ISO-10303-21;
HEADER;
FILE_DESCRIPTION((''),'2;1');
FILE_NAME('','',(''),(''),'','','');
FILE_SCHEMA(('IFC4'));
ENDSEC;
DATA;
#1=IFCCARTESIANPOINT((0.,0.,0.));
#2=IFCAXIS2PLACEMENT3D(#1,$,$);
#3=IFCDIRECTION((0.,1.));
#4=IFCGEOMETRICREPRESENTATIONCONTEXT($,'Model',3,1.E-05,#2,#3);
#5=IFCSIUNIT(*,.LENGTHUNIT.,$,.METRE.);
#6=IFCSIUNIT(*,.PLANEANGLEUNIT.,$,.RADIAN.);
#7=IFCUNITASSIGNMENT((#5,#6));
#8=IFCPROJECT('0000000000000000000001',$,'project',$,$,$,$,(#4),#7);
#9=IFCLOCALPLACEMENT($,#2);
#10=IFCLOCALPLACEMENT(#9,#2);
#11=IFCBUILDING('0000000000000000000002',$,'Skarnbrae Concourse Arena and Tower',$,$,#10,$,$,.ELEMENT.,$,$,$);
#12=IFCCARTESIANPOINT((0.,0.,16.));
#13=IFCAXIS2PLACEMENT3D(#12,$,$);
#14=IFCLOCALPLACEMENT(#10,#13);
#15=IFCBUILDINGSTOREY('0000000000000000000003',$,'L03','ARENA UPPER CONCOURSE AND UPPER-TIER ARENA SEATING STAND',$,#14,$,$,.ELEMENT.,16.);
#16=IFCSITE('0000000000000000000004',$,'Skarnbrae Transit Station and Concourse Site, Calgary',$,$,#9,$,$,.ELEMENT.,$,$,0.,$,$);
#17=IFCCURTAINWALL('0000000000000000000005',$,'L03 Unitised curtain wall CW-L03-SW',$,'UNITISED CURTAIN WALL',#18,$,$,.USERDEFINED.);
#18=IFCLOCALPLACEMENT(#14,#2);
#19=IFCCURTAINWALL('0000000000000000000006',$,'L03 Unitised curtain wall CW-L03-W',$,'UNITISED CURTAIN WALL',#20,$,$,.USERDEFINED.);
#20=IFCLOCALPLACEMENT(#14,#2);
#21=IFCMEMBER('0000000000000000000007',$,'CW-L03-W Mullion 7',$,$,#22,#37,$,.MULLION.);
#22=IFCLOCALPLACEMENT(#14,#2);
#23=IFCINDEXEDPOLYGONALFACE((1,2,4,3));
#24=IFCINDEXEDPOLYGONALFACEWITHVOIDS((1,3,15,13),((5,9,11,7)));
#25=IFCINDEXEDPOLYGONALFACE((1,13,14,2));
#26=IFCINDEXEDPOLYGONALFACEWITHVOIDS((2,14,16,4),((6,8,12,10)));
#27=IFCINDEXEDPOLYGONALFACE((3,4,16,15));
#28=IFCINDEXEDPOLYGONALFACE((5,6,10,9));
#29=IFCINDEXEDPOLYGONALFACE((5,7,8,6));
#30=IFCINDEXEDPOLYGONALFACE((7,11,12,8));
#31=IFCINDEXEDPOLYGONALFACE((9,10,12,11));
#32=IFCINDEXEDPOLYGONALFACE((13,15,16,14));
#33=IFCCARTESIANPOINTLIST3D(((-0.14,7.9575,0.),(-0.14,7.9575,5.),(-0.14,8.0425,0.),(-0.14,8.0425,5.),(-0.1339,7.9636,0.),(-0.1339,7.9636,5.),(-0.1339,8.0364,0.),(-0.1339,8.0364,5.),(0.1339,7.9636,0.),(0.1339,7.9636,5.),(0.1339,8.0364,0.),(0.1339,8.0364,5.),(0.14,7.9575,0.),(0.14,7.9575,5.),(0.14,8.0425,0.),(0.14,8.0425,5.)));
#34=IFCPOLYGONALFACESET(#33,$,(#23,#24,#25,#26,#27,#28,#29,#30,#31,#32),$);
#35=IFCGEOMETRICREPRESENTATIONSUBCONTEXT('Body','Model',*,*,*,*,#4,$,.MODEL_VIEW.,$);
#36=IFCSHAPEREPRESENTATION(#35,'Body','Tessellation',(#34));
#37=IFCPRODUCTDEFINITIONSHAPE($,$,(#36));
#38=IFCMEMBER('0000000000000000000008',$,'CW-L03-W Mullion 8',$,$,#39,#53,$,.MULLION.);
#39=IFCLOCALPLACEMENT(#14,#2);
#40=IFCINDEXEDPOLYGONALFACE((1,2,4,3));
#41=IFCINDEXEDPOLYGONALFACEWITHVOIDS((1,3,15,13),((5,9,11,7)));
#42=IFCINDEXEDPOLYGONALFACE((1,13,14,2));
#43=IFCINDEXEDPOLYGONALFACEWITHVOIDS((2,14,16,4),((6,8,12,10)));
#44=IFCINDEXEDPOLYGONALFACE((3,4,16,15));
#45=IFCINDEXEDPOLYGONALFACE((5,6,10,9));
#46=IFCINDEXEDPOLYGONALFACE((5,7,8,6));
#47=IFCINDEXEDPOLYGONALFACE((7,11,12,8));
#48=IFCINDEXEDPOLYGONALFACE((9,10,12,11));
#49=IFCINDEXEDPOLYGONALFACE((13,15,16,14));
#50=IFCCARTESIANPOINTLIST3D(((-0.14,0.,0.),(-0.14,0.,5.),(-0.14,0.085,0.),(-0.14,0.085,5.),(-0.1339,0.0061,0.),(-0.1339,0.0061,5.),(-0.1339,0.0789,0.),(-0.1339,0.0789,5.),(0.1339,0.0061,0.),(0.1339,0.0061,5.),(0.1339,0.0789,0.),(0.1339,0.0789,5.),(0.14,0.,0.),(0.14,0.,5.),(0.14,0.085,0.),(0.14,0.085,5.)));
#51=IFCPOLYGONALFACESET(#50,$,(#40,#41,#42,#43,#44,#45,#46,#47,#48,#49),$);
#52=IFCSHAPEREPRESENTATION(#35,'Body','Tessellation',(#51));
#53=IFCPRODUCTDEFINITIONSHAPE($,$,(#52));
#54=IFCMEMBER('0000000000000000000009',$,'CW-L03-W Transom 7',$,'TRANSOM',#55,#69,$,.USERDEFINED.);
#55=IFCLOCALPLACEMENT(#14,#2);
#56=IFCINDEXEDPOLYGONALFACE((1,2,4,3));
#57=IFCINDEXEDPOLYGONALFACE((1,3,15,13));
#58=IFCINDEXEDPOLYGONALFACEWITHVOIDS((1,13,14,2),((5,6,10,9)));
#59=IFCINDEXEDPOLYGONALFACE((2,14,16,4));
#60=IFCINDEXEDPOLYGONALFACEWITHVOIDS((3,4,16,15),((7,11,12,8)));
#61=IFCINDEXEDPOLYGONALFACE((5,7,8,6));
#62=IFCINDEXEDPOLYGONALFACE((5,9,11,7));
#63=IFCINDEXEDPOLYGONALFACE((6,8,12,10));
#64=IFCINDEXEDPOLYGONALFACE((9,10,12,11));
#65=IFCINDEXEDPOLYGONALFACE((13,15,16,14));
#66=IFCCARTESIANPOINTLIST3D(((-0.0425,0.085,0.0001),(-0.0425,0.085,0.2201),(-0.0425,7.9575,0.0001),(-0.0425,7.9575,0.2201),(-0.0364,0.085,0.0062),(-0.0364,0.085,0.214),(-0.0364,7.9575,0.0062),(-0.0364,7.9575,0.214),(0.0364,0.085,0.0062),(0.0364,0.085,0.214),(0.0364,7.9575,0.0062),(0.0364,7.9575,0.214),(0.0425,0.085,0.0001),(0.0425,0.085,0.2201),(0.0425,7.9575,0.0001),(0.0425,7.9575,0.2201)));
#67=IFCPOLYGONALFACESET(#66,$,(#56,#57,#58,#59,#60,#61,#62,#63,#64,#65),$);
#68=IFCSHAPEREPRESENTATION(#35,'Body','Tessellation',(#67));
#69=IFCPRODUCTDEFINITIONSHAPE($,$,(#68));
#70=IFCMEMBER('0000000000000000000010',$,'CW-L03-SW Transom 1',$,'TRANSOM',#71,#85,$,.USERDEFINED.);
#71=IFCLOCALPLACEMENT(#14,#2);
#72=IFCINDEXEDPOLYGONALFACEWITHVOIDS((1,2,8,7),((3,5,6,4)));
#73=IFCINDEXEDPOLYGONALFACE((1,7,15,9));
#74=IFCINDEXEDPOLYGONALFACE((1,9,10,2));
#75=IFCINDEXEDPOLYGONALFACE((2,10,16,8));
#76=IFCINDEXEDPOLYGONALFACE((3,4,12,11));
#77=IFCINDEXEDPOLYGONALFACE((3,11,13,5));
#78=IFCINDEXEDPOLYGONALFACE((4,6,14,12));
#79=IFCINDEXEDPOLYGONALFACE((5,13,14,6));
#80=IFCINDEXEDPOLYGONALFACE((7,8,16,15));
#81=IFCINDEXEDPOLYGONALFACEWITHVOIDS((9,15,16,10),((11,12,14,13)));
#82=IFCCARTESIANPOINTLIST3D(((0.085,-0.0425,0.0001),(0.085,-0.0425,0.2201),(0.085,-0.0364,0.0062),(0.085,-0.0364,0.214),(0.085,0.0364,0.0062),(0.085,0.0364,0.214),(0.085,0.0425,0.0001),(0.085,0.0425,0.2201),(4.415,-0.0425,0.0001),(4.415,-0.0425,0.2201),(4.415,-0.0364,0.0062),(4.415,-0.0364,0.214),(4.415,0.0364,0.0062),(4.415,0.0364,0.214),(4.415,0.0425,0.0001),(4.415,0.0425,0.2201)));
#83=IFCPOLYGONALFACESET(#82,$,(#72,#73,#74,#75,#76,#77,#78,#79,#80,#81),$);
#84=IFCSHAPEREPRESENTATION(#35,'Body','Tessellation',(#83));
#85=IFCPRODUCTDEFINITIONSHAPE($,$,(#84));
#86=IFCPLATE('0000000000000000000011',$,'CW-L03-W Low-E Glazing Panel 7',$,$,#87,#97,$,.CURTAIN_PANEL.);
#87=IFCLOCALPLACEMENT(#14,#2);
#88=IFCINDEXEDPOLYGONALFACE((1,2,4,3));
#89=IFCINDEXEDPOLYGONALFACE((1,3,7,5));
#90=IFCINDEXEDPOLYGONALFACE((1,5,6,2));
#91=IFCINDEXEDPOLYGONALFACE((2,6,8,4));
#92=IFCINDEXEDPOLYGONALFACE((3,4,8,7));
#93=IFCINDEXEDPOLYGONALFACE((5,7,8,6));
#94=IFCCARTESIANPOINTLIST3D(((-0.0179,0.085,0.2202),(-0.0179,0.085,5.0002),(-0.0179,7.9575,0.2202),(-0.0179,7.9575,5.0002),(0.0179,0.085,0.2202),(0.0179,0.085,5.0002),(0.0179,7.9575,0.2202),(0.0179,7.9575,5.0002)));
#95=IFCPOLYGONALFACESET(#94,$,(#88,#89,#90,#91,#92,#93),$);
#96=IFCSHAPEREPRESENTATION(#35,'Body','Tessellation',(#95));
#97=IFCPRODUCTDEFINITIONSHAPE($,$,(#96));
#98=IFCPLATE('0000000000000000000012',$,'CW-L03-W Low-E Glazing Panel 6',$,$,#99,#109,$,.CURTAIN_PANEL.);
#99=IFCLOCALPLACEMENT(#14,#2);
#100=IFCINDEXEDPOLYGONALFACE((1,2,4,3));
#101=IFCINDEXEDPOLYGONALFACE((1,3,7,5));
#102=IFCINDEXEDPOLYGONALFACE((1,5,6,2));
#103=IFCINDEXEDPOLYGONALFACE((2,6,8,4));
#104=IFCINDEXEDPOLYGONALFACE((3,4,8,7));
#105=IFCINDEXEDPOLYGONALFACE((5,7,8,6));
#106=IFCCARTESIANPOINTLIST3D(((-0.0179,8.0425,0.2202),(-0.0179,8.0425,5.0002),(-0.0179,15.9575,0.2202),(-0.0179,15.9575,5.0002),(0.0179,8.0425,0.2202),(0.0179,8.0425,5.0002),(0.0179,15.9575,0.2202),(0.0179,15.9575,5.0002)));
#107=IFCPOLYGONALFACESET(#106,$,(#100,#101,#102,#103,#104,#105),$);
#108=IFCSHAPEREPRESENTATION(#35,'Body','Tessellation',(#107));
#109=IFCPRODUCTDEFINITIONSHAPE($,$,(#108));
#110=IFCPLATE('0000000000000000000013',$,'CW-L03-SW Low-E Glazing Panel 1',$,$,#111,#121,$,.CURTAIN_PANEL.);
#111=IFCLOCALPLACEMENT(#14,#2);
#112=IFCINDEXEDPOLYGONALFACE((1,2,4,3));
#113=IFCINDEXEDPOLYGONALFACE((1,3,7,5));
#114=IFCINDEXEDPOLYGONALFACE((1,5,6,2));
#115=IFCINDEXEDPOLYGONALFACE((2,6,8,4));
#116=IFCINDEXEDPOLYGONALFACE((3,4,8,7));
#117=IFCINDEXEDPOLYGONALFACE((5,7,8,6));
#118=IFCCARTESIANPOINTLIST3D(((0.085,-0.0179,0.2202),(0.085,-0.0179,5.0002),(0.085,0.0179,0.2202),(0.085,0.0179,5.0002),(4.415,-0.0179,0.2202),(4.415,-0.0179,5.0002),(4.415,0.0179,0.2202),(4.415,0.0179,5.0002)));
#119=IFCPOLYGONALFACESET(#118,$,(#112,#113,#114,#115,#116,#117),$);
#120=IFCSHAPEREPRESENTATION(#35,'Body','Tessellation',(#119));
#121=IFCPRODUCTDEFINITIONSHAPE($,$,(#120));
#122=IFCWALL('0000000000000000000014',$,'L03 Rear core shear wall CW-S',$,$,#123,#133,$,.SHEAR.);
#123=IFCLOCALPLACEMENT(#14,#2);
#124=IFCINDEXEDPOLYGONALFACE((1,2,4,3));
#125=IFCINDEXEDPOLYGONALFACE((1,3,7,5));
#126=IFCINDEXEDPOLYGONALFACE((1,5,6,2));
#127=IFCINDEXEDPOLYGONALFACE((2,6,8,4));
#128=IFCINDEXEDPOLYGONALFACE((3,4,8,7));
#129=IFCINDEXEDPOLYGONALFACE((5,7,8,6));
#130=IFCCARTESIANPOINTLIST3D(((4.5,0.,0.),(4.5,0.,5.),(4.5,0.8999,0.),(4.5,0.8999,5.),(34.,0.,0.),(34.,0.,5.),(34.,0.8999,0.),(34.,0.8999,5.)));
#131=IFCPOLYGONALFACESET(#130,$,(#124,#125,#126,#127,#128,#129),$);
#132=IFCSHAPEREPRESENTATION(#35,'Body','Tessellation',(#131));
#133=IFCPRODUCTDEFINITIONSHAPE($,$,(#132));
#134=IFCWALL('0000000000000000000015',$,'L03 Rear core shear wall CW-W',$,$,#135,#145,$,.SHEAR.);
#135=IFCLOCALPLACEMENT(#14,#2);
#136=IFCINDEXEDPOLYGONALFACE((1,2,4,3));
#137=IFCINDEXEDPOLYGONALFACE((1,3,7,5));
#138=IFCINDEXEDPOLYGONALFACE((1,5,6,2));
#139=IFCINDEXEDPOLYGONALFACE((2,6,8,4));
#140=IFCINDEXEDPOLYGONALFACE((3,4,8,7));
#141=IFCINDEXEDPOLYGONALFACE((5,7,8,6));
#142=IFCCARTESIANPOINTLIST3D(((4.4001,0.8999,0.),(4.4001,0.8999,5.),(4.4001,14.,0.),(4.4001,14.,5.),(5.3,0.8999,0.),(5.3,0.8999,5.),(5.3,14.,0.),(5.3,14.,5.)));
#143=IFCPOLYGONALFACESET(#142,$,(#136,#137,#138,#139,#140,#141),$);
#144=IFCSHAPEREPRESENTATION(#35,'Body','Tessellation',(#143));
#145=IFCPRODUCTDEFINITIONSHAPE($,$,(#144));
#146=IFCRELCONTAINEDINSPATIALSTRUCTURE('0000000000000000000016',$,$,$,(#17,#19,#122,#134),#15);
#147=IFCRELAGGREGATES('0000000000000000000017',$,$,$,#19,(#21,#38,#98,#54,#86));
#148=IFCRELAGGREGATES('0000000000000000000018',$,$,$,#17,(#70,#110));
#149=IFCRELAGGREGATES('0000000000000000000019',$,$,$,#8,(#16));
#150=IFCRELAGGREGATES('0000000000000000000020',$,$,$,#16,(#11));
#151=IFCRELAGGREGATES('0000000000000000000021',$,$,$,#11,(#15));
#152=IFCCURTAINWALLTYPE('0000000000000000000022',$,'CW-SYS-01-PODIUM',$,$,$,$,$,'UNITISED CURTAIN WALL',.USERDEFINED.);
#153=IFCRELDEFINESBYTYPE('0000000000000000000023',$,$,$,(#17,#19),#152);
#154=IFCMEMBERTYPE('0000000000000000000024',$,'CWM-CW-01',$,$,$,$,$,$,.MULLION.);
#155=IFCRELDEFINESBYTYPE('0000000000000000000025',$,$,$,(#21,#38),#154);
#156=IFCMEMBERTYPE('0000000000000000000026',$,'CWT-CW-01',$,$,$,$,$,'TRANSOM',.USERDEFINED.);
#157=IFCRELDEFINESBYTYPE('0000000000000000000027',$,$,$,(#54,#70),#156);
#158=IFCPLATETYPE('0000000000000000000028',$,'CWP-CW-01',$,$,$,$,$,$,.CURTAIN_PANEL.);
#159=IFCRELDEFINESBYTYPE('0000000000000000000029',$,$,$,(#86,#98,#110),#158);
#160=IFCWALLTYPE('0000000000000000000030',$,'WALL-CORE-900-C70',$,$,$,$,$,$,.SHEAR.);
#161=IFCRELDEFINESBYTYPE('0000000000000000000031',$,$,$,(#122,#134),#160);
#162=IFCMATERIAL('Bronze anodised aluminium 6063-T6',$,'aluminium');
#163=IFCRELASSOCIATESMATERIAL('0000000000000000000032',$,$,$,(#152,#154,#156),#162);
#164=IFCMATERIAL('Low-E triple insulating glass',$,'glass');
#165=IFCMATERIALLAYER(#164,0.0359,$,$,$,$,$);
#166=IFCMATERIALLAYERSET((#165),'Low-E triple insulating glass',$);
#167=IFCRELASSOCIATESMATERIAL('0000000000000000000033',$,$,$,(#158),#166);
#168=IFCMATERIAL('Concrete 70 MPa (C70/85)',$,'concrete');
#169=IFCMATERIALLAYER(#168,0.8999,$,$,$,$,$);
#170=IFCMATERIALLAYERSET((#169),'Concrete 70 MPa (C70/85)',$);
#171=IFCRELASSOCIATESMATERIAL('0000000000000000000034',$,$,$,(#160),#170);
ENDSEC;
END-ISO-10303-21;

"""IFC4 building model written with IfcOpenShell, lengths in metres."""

from ifc_helpers import new_model, si_unit, direction, frame, frame_2d, origin, origin_2d, place, context, subcontext, project, spatial, rectangle, hollow_rectangle, extrude, source, transform, mapped, material, layer, layer_set, material_profile, profile_set, type_object, element, aggregate, save


model = new_model("IFC4")

# Units and contexts
model_context = context("Model", 3, precision=1e-05, world=origin(), true_north=direction((0.0, 1.0)))
body_context = subcontext(model_context, "Body", "Model", "MODEL_VIEW")
ifc_project = project(units=[si_unit("LENGTHUNIT", "METRE"), si_unit("PLANEANGLEUNIT", "RADIAN")], contexts=[model_context])

# Site, building, storey
site_placement = place(None, origin())
site = spatial("IfcSite", under=ifc_project, at=site_placement, Name="Skarnbrae Transit Station and Concourse Site, Calgary", CompositionType="ELEMENT", RefElevation=0.0)
building_placement = place(site_placement, origin())
building = spatial("IfcBuilding", under=site, at=building_placement, Name="Skarnbrae Concourse Arena and Tower", CompositionType="ELEMENT")
storey_placement = place(building_placement, frame((0.0, 0.0, 16.0)))
storey = spatial("IfcBuildingStorey", under=building, at=storey_placement, Name="L03", Description="ARENA UPPER CONCOURSE AND UPPER-TIER ARENA SEATING STAND", CompositionType="ELEMENT", Elevation=16.0)

# Curtain walls, members
ifc_material_1 = material(Name="Bronze anodised aluminium 6063-T6", Category="aluminium")
curtain_wall_type = type_object("IfcCurtainWallType", Name="CW-SYS-01-PODIUM", ElementType="UNITISED CURTAIN WALL", PredefinedType="USERDEFINED", material=ifc_material_1)
curtain_wall_1_placement = place(storey_placement, origin())
curtain_wall_1 = element("IfcCurtainWall", 1, at=curtain_wall_1_placement, inside=storey, type_object=curtain_wall_type, Name="L03 Unitised curtain wall CW-L03-SW", ObjectType="UNITISED CURTAIN WALL", PredefinedType="USERDEFINED")
ifc_material_profile_1 = material_profile(ifc_material_1, hollow_rectangle(XDim=0.085, YDim=0.28, WallThickness=0.0061, at=origin_2d()), Name="ALU-MULL-85X280")
ifc_profile_set_1 = profile_set([ifc_material_profile_1], Name="Bronze anodised aluminium 6063-T6")
member_type_1 = type_object("IfcMemberType", Name="CWM-CW-01", PredefinedType="MULLION", material=ifc_profile_set_1)
shared_shape_1 = source(origin(), body_context, "Body", "SweptSolid", [
    extrude(hollow_rectangle(XDim=0.085, YDim=0.28, WallThickness=0.0061, at=origin_2d()), origin(), (0.0, 0.0, 1.0), 5.0),
])
curtain_wall_2_placement = place(storey_placement, origin())
curtain_wall_2 = element("IfcCurtainWall", 2, at=curtain_wall_2_placement, inside=storey, type_object=curtain_wall_type, Name="L03 Unitised curtain wall CW-L03-W", ObjectType="UNITISED CURTAIN WALL", PredefinedType="USERDEFINED")
member_1_placement = place(storey_placement, frame((0.0, 8.0, 0.0), z_axis=(0.0, 0.0, 1.0), x_axis=(0.0, -1.0, 0.0)))
member_1 = element("IfcMember", 3, at=member_1_placement, type_object=member_type_1, Name="CW-L03-W Mullion 7", PredefinedType="MULLION", context=body_context, shape_type="MappedRepresentation", body=[
    mapped(shared_shape_1, transform((0.0, 0.0, 0.0))),
])
member_2_placement = place(storey_placement, frame((0.0, 0.0425, 0.0), z_axis=(0.0, 0.0, 1.0), x_axis=(0.0, -1.0, 0.0)))
member_2 = element("IfcMember", 4, at=member_2_placement, type_object=member_type_1, Name="CW-L03-W Mullion 8", PredefinedType="MULLION", context=body_context, shape_type="MappedRepresentation", body=[
    mapped(shared_shape_1, transform((0.0, 0.0, 0.0))),
])
ifc_material_profile_2 = material_profile(ifc_material_1, hollow_rectangle(XDim=0.085, YDim=0.22, WallThickness=0.0061, at=origin_2d()), Name="ALU-TRAN-85X220")
ifc_profile_set_2 = profile_set([ifc_material_profile_2], Name="Bronze anodised aluminium 6063-T6")
member_type_2 = type_object("IfcMemberType", Name="CWT-CW-01", ElementType="TRANSOM", PredefinedType="USERDEFINED", material=ifc_profile_set_2)
shared_shape_2 = source(origin(), body_context, "Body", "SweptSolid", [
    extrude(hollow_rectangle(XDim=0.085, YDim=0.22, WallThickness=0.0061, at=origin_2d()), origin(), (0.0, 0.0, 1.0), 7.8726),
])
member_3_placement = place(storey_placement, frame((0.0, 7.9575, 0.1101), z_axis=(0.0, -1.0, 0.0), x_axis=(1.0, 0.0, 0.0)))
member_3 = element("IfcMember", 5, at=member_3_placement, type_object=member_type_2, Name="CW-L03-W Transom 7", ObjectType="TRANSOM", PredefinedType="USERDEFINED", context=body_context, shape_type="MappedRepresentation", body=[
    mapped(shared_shape_2, transform((0.0, 0.0, 0.0))),
])

# Member
shared_shape_3 = source(origin(), body_context, "Body", "SweptSolid", [
    extrude(hollow_rectangle(XDim=0.085, YDim=0.22, WallThickness=0.0061, at=origin_2d()), origin(), (0.0, 0.0, 1.0), 4.3301),
])
member_4_placement = place(storey_placement, frame((0.085, 0.0, 0.1101), z_axis=(1.0, 0.0, 0.0), x_axis=(0.0, 1.0, 0.0)))
member_4 = element("IfcMember", 6, at=member_4_placement, type_object=member_type_2, Name="CW-L03-SW Transom 1", ObjectType="TRANSOM", PredefinedType="USERDEFINED", context=body_context, shape_type="MappedRepresentation", body=[
    mapped(shared_shape_3, transform((0.0, 0.0, 0.0))),
])

# Plates
ifc_material_2 = material(Name="Low-E triple insulating glass", Category="glass")
ifc_layer_1 = layer(ifc_material_2, 0.0359)
ifc_layer_set_1 = layer_set([ifc_layer_1], Name="Low-E triple insulating glass")
plate_type = type_object("IfcPlateType", Name="CWP-CW-01", PredefinedType="CURTAIN_PANEL", material=ifc_layer_set_1)
shared_shape_4 = source(origin(), body_context, "Body", "SweptSolid", [
    extrude(rectangle(XDim=7.8726, YDim=0.0359, at=origin_2d()), origin(), (0.0, 0.0, 1.0), 4.78),
])
plate_1_placement = place(storey_placement, frame((0.0, 4.0212, 0.2202), z_axis=(0.0, 0.0, 1.0), x_axis=(0.0, -1.0, 0.0)))
plate_1 = element("IfcPlate", 7, at=plate_1_placement, type_object=plate_type, Name="CW-L03-W Low-E Glazing Panel 7", PredefinedType="CURTAIN_PANEL", context=body_context, shape_type="MappedRepresentation", body=[
    mapped(shared_shape_4, transform((0.0, 0.0, 0.0))),
])
shared_shape_5 = source(origin(), body_context, "Body", "SweptSolid", [
    extrude(rectangle(XDim=7.915, YDim=0.0359, at=origin_2d()), origin(), (0.0, 0.0, 1.0), 4.78),
])
plate_2_placement = place(storey_placement, frame((0.0, 12.0, 0.2202), z_axis=(0.0, 0.0, 1.0), x_axis=(0.0, -1.0, 0.0)))
plate_2 = element("IfcPlate", 8, at=plate_2_placement, type_object=plate_type, Name="CW-L03-W Low-E Glazing Panel 6", PredefinedType="CURTAIN_PANEL", context=body_context, shape_type="MappedRepresentation", body=[
    mapped(shared_shape_5, transform((0.0, 0.0, 0.0))),
])
aggregate(curtain_wall_2, [member_1, member_2, plate_2, member_3, plate_1])
shared_shape_6 = source(origin(), body_context, "Body", "SweptSolid", [
    extrude(rectangle(XDim=4.3301, YDim=0.0359, at=origin_2d()), origin(), (0.0, 0.0, 1.0), 4.78),
])
plate_3_placement = place(storey_placement, frame((2.25, 0.0, 0.2202), z_axis=(0.0, 0.0, 1.0), x_axis=(1.0, 0.0, 0.0)))
plate_3 = element("IfcPlate", 9, at=plate_3_placement, type_object=plate_type, Name="CW-L03-SW Low-E Glazing Panel 1", PredefinedType="CURTAIN_PANEL", context=body_context, shape_type="MappedRepresentation", body=[
    mapped(shared_shape_6, transform((0.0, 0.0, 0.0))),
])
aggregate(curtain_wall_1, [member_4, plate_3])

# Walls
ifc_material_3 = material(Name="Concrete 70 MPa (C70/85)", Category="concrete")
ifc_layer_2 = layer(ifc_material_3, 0.8999)
ifc_layer_set_2 = layer_set([ifc_layer_2], Name="Concrete 70 MPa (C70/85)")
wall_type_1 = type_object("IfcWallType", Name="WALL-CORE-900-C70", PredefinedType="SHEAR", material=ifc_layer_set_2)
shared_shape_7 = source(origin(), body_context, "Body", "SweptSolid", [
    extrude(rectangle(XDim=29.5, YDim=0.8999, at=frame_2d((14.75, 0.0))), origin(), (0.0, 0.0, 1.0), 5.0),
])
wall_1_placement = place(storey_placement, frame((4.5, 0.45, 0.0), z_axis=(0.0, 0.0, 1.0), x_axis=(1.0, 0.0, 0.0)))
element("IfcWall", 10, at=wall_1_placement, inside=storey, type_object=wall_type_1, Name="L03 Rear core shear wall CW-S", PredefinedType="SHEAR", context=body_context, shape_type="MappedRepresentation", body=[
    mapped(shared_shape_7, transform((0.0, 0.0, 0.0))),
])
shared_shape_8 = source(origin(), body_context, "Body", "SweptSolid", [
    extrude(rectangle(XDim=13.1001, YDim=0.8999, at=frame_2d((6.55, 0.0))), origin(), (0.0, 0.0, 1.0), 5.0),
])
wall_2_placement = place(storey_placement, frame((4.8501, 0.8999, 0.0), z_axis=(0.0, 0.0, 1.0), x_axis=(0.0, 1.0, 0.0)))
element("IfcWall", 11, at=wall_2_placement, inside=storey, type_object=wall_type_1, Name="L03 Rear core shear wall CW-W", PredefinedType="SHEAR", context=body_context, shape_type="MappedRepresentation", body=[
    mapped(shared_shape_8, transform((0.0, 0.0, 0.0))),
])

save(model, "model.ifc")
